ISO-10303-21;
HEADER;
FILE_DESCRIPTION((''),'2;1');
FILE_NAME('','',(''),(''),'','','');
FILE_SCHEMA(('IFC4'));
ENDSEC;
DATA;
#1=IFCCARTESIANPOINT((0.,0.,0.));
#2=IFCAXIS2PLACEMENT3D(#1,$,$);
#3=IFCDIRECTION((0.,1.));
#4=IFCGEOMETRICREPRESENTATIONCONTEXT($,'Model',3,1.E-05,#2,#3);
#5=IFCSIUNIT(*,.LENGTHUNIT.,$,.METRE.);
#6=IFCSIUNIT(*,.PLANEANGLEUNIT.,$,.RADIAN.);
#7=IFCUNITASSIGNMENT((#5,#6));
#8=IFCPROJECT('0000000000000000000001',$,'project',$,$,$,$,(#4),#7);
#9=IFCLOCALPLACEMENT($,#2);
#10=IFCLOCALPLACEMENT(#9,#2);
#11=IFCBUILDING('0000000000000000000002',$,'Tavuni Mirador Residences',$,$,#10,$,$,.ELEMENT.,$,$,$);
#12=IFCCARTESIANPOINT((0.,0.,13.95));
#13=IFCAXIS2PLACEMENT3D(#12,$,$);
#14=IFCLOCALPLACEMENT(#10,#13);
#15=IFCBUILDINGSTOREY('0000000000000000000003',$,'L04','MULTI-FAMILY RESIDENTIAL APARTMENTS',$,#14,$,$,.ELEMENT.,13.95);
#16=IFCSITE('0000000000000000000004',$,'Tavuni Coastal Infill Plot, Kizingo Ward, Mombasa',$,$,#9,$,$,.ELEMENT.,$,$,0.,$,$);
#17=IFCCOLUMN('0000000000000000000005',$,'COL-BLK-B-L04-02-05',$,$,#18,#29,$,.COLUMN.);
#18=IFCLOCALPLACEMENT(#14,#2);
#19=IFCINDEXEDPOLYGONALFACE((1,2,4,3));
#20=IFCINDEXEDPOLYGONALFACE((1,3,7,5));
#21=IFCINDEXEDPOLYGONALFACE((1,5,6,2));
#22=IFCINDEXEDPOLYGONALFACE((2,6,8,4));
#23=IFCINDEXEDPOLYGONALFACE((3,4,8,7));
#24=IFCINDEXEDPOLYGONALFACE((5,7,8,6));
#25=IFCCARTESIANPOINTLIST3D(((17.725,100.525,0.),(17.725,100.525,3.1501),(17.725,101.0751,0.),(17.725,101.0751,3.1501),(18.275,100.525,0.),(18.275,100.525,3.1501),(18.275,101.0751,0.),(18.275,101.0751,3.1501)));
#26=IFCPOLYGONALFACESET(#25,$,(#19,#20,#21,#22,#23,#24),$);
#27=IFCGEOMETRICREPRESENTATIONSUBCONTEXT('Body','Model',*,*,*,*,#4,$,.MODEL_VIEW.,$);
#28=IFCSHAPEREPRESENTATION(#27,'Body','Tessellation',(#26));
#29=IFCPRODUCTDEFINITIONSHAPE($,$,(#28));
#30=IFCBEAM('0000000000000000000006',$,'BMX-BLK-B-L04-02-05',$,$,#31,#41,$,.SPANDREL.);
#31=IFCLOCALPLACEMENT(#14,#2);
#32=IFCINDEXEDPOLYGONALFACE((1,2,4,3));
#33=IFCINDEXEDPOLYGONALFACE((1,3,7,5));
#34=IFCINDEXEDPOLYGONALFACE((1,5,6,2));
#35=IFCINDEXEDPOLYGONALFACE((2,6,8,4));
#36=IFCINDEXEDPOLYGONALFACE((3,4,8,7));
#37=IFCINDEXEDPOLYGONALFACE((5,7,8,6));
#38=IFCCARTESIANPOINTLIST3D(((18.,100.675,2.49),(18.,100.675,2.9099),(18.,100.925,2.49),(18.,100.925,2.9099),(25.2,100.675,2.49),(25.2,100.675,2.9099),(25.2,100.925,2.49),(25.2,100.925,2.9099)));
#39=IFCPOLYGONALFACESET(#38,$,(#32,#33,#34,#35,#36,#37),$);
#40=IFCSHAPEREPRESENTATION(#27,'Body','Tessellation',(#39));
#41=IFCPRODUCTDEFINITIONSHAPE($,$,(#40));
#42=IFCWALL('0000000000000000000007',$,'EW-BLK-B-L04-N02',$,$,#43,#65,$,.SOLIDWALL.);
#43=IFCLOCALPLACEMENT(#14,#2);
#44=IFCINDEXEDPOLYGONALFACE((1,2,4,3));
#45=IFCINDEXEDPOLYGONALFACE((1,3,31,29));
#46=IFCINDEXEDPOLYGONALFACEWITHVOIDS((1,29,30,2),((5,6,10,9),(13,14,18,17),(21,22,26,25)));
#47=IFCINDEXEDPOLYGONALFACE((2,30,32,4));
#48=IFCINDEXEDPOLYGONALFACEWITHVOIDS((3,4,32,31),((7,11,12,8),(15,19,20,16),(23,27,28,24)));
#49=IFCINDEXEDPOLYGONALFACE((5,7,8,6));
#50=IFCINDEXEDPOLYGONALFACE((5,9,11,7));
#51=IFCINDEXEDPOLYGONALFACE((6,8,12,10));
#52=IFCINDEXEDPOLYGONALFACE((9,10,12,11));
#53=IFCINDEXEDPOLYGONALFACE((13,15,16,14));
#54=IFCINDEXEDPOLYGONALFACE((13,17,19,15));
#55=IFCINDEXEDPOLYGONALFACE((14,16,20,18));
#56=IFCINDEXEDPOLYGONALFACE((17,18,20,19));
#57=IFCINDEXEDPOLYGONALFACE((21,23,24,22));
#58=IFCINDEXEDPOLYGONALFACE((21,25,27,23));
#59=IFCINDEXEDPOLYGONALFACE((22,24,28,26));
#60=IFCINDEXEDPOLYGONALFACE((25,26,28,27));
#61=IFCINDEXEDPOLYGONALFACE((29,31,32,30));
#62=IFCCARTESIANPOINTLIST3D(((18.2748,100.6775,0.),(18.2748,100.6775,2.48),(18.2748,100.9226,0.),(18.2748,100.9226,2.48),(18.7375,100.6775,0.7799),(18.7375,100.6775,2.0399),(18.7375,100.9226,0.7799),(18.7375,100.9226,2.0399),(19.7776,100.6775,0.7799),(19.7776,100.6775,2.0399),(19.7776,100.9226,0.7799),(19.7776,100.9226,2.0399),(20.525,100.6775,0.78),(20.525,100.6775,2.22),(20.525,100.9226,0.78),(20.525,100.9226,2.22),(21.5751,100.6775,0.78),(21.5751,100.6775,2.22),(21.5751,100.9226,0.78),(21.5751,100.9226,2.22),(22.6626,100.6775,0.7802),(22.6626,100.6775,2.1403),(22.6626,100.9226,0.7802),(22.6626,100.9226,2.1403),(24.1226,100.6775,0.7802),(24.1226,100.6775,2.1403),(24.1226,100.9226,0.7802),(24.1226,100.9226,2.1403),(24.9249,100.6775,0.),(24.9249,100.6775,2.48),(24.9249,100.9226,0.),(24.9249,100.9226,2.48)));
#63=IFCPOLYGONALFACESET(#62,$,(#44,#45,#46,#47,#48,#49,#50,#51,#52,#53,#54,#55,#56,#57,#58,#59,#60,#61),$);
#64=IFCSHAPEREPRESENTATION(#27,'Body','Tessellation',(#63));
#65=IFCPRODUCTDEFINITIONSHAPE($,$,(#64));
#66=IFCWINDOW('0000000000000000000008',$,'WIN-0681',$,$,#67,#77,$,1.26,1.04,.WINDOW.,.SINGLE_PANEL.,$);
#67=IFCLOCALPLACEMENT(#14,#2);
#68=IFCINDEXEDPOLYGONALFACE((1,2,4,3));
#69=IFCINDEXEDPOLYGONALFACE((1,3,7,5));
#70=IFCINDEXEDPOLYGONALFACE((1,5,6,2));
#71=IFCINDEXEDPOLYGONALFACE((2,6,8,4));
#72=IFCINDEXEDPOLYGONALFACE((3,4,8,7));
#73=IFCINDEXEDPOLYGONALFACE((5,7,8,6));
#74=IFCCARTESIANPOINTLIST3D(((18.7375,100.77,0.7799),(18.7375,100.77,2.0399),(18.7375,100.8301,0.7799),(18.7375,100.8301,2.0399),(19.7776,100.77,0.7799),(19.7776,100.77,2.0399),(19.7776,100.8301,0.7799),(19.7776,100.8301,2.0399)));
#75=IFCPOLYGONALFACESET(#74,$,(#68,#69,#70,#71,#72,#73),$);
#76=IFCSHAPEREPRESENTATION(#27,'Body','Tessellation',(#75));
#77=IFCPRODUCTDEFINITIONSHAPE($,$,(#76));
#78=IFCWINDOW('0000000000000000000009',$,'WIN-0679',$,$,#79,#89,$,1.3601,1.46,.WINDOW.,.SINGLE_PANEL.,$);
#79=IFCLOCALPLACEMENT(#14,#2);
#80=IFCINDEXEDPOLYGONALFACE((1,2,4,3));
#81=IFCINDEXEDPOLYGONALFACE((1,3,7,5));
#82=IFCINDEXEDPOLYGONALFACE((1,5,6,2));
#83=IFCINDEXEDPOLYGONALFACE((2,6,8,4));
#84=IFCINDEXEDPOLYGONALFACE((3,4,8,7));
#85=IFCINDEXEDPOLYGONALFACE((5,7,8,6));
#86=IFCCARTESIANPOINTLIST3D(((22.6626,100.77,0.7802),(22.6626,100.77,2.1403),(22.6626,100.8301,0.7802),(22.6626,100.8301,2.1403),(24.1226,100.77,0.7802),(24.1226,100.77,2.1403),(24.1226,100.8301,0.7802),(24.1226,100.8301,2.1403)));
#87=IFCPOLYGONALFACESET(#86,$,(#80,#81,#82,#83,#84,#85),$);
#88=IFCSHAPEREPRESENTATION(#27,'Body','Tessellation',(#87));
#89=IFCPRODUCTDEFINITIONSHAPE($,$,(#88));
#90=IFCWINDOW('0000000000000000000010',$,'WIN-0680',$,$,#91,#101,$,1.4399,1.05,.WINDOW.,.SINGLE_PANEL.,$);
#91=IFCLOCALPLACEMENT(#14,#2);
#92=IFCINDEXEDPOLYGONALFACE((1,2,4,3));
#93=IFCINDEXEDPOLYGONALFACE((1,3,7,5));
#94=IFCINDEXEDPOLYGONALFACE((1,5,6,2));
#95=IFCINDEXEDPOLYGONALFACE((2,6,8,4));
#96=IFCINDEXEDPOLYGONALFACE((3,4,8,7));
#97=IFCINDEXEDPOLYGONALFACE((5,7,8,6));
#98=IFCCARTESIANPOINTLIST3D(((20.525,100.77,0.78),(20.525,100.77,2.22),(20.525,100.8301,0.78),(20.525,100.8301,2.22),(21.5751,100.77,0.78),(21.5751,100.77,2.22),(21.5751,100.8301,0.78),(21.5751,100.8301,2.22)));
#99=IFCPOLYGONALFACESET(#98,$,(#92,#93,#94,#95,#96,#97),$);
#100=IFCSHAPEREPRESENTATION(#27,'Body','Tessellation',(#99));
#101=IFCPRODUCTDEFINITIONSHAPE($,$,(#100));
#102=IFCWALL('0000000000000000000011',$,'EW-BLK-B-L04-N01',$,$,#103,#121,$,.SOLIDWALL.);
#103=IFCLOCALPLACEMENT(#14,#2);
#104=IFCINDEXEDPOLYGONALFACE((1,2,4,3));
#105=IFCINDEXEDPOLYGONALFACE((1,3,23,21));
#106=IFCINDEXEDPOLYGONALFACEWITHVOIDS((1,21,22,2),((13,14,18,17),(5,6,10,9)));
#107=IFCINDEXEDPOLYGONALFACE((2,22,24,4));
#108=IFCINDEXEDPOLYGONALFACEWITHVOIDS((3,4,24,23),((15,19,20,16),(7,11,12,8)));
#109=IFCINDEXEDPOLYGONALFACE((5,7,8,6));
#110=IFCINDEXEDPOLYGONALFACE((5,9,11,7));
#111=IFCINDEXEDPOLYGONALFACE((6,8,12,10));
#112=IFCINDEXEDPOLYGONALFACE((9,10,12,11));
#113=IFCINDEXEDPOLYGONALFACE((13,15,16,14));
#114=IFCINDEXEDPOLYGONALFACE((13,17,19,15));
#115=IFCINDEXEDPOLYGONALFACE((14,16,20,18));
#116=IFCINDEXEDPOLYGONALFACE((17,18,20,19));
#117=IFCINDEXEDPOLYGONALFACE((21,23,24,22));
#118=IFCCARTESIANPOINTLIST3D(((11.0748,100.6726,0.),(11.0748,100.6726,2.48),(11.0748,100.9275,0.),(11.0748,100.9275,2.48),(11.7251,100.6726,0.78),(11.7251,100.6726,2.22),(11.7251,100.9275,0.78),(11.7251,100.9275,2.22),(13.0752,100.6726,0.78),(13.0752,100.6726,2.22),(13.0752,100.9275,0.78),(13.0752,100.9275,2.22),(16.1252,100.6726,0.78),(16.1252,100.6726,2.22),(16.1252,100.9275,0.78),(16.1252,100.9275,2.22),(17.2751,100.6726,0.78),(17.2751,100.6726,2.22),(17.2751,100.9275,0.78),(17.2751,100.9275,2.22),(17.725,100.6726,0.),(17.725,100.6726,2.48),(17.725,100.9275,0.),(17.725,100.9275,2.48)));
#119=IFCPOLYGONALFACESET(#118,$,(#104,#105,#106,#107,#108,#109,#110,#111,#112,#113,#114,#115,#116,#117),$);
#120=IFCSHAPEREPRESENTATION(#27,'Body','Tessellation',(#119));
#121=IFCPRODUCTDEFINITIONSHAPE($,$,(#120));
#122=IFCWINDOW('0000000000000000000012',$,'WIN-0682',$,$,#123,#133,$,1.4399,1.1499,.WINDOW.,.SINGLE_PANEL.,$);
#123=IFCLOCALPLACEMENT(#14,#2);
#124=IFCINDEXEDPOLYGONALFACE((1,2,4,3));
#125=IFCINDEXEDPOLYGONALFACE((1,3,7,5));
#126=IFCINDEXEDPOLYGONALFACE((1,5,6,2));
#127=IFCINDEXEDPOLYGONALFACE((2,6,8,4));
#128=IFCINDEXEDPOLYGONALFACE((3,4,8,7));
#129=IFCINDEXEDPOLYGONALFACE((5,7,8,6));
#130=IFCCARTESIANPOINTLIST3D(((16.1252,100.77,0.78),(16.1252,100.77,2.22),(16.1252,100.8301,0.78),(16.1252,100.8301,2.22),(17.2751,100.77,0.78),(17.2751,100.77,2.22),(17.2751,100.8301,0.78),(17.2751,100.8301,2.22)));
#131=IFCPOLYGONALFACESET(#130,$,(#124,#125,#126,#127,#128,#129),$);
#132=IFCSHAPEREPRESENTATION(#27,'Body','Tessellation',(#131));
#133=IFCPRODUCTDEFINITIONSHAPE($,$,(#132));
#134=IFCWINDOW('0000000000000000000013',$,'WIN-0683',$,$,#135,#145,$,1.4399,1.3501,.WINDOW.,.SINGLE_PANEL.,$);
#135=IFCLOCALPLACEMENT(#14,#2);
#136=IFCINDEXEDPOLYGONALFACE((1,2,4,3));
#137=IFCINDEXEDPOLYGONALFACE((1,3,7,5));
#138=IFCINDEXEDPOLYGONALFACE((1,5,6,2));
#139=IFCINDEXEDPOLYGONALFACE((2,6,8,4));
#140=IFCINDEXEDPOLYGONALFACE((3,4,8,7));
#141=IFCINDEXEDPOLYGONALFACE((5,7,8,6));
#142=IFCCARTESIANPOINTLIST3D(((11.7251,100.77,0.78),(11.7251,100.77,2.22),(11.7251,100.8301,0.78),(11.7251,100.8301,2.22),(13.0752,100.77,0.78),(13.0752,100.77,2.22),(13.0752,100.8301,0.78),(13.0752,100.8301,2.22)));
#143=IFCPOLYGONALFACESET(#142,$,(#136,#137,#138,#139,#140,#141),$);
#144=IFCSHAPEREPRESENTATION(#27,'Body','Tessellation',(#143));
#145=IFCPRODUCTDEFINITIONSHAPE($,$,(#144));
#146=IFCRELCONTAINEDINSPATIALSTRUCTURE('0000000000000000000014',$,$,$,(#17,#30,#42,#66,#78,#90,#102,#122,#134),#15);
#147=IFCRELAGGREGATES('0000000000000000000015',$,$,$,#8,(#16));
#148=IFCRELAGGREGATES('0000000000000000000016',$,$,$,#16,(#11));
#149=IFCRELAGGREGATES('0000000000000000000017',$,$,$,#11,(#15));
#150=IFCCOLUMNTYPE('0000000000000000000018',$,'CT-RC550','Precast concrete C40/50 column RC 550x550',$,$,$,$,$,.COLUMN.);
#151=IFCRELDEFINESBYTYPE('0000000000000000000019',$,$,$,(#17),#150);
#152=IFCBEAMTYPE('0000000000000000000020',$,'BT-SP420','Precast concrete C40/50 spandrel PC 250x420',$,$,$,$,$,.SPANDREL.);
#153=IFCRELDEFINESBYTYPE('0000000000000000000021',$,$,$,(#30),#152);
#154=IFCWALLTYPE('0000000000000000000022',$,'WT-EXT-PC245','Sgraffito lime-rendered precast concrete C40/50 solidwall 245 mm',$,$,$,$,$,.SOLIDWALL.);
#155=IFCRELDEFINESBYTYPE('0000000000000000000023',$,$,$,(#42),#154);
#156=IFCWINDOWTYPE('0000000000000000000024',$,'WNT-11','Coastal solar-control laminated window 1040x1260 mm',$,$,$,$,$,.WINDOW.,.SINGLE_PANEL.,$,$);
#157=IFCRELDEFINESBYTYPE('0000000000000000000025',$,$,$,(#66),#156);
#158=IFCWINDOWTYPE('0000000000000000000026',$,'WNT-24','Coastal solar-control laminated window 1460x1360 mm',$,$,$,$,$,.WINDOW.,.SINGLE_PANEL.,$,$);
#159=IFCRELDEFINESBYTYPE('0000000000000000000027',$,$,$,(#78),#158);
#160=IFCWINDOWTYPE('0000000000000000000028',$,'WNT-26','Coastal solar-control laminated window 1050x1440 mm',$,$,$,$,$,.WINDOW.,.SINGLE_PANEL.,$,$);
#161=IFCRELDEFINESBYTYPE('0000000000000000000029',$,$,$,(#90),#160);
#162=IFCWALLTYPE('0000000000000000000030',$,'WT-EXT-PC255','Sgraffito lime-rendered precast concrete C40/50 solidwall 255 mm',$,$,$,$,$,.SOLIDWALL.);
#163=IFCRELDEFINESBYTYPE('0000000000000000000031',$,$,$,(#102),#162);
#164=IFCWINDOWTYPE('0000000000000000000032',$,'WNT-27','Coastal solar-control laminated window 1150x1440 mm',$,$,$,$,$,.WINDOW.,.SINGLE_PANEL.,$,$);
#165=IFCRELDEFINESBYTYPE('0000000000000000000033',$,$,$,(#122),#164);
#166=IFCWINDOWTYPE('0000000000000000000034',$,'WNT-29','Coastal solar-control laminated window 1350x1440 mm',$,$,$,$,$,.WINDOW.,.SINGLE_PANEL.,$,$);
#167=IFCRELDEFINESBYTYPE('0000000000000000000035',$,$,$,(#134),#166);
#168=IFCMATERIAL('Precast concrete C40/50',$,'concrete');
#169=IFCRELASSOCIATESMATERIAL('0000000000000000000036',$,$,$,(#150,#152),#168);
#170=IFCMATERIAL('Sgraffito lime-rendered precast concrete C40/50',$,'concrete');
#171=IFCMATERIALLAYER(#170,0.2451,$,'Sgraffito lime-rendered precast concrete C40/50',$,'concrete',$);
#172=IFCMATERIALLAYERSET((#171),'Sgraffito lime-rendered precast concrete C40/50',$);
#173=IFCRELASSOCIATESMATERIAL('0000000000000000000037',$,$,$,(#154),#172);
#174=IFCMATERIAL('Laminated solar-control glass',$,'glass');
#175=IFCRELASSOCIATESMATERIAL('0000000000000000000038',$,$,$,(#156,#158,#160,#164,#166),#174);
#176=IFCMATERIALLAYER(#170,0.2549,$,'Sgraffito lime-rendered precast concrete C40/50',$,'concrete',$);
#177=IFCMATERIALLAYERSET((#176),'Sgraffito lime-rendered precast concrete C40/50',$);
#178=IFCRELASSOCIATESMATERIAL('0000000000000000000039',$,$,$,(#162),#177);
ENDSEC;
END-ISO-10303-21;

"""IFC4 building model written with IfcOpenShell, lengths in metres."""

from ifc_helpers import new_model, si_unit, direction, frame, frame_2d, origin, origin_2d, place, context, subcontext, project, spatial, rectangle, extrude, material, layer, layer_set, material_profile, profile_set, type_object, element, fill, save


model = new_model("IFC4")

# Units and contexts
model_context = context("Model", 3, precision=1e-05, world=origin(), true_north=direction((0.0, 1.0)))
body_context = subcontext(model_context, "Body", "Model", "MODEL_VIEW")
ifc_project = project(units=[si_unit("LENGTHUNIT", "METRE"), si_unit("PLANEANGLEUNIT", "RADIAN")], contexts=[model_context])

# Site, building, storey
site_placement = place(None, origin())
site = spatial("IfcSite", under=ifc_project, at=site_placement, Name="Tavuni Coastal Infill Plot, Kizingo Ward, Mombasa", CompositionType="ELEMENT", RefElevation=0.0)
building_placement = place(site_placement, origin())
building = spatial("IfcBuilding", under=site, at=building_placement, Name="Tavuni Mirador Residences", CompositionType="ELEMENT")
storey_placement = place(building_placement, frame((0.0, 0.0, 13.95)))
storey = spatial("IfcBuildingStorey", under=building, at=storey_placement, Name="L04", Description="MULTI-FAMILY RESIDENTIAL APARTMENTS", CompositionType="ELEMENT", Elevation=13.95)

# Column
ifc_material_1 = material(Name="Precast concrete C40/50", Category="concrete")
ifc_material_profile_1 = material_profile(ifc_material_1, rectangle(XDim=0.55, YDim=0.55, at=origin_2d()), Name="RC 550x550", Category="concrete")
ifc_profile_set_1 = profile_set([ifc_material_profile_1], Name="Precast concrete C40/50")
column_type = type_object("IfcColumnType", Name="CT-RC550", Description="Precast concrete C40/50 column RC 550x550", PredefinedType="COLUMN", material=ifc_profile_set_1)
column_placement = place(storey_placement, frame((18.0, 100.8, 0.0), z_axis=(0.0, 0.0, 1.0), x_axis=(1.0, 0.0, 0.0)))
element("IfcColumn", 1, at=column_placement, inside=storey, type_object=column_type, Name="COL-BLK-B-L04-02-05", PredefinedType="COLUMN", context=body_context, shape_type="SweptSolid", body=[
    extrude(rectangle(XDim=0.55, YDim=0.55, at=origin_2d()), origin(), (0.0, 0.0, 1.0), 3.1501),
])

# Beam
ifc_material_profile_2 = material_profile(ifc_material_1, rectangle(XDim=0.25, YDim=0.4199, at=origin_2d()), Name="PC 250x420", Category="concrete")
ifc_profile_set_2 = profile_set([ifc_material_profile_2], Name="Precast concrete C40/50")
beam_type = type_object("IfcBeamType", Name="BT-SP420", Description="Precast concrete C40/50 spandrel PC 250x420", PredefinedType="SPANDREL", material=ifc_profile_set_2)
beam_placement = place(storey_placement, frame((18.0, 100.8, 2.7), z_axis=(1.0, 0.0, 0.0), x_axis=(0.0, 1.0, 0.0)))
element("IfcBeam", 2, at=beam_placement, inside=storey, type_object=beam_type, Name="BMX-BLK-B-L04-02-05", PredefinedType="SPANDREL", context=body_context, shape_type="SweptSolid", body=[
    extrude(rectangle(XDim=0.25, YDim=0.4199, at=origin_2d()), origin(), (0.0, 0.0, 1.0), 7.2),
])

# Walls, openings, windows
ifc_material_2 = material(Name="Sgraffito lime-rendered precast concrete C40/50", Category="concrete")
ifc_layer_1 = layer(ifc_material_2, 0.2451, Name="Sgraffito lime-rendered precast concrete C40/50", Category="concrete")
ifc_layer_set_1 = layer_set([ifc_layer_1], Name="Sgraffito lime-rendered precast concrete C40/50")
wall_type_1 = type_object("IfcWallType", Name="WT-EXT-PC245", Description="Sgraffito lime-rendered precast concrete C40/50 solidwall 245 mm", PredefinedType="SOLIDWALL", material=ifc_layer_set_1)
wall_1_placement = place(storey_placement, frame((24.925, 100.8, 0.0), z_axis=(0.0, 0.0, 1.0), x_axis=(-1.0, 0.0, 0.0)))
wall_1 = element("IfcWall", 3, at=wall_1_placement, inside=storey, type_object=wall_type_1, Name="EW-BLK-B-L04-N02", PredefinedType="SOLIDWALL", context=body_context, shape_type="SweptSolid", body=[
    extrude(rectangle(XDim=6.6501, YDim=0.2451, at=frame_2d((3.3252, 0.0))), origin(), (0.0, 0.0, 1.0), 2.48),
])
opening_1_placement = place(wall_1_placement, frame((0.8025, 0.0, 0.78)))
opening_1 = element("IfcOpeningElement", 4, at=opening_1_placement, cuts=wall_1, PredefinedType="OPENING", context=body_context, shape_type="SweptSolid", body=[
    extrude(rectangle(XDim=1.46, YDim=1.3601, at=frame_2d((0.73, 0.6802))), frame((0.0, 0.1326, 0.0), z_axis=(0.0, -1.0, 0.0), x_axis=(1.0, 0.0, 0.0)), (0.0, 0.0, 1.0), 0.2651),
])
opening_2_placement = place(wall_1_placement, frame((3.3501, 0.0, 0.78)))
opening_2 = element("IfcOpeningElement", 5, at=opening_2_placement, cuts=wall_1, PredefinedType="OPENING", context=body_context, shape_type="SweptSolid", body=[
    extrude(rectangle(XDim=1.05, YDim=1.4399, at=frame_2d((0.5249, 0.72))), frame((0.0, 0.1326, 0.0), z_axis=(0.0, -1.0, 0.0), x_axis=(1.0, 0.0, 0.0)), (0.0, 0.0, 1.0), 0.2651),
])
opening_3_placement = place(wall_1_placement, frame((5.1475, 0.0, 0.78)))
opening_3 = element("IfcOpeningElement", 6, at=opening_3_placement, cuts=wall_1, PredefinedType="OPENING", context=body_context, shape_type="SweptSolid", body=[
    extrude(rectangle(XDim=1.04, YDim=1.26, at=frame_2d((0.52, 0.6299))), frame((0.0, 0.1326, 0.0), z_axis=(0.0, -1.0, 0.0), x_axis=(1.0, 0.0, 0.0)), (0.0, 0.0, 1.0), 0.2651),
])
ifc_material_3 = material(Name="Laminated solar-control glass", Category="glass")
window_type_1 = type_object("IfcWindowType", Name="WNT-11", Description="Coastal solar-control laminated window 1040x1260 mm", PartitioningType="SINGLE_PANEL", PredefinedType="WINDOW", material=ifc_material_3)
window_1_placement = place(opening_3_placement, origin())
window_1 = element("IfcWindow", 7, at=window_1_placement, inside=storey, type_object=window_type_1, Name="WIN-0681", OverallHeight=1.26, OverallWidth=1.04, PartitioningType="SINGLE_PANEL", PredefinedType="WINDOW", context=body_context, shape_type="SweptSolid", body=[
    extrude(rectangle(XDim=1.04, YDim=1.26, at=frame_2d((0.52, 0.6299))), frame((0.0, 0.03, 0.0), z_axis=(0.0, -1.0, 0.0), x_axis=(1.0, 0.0, 0.0)), (0.0, 0.0, 1.0), 0.0601),
])
fill(opening_3, window_1)
window_type_2 = type_object("IfcWindowType", Name="WNT-24", Description="Coastal solar-control laminated window 1460x1360 mm", PartitioningType="SINGLE_PANEL", PredefinedType="WINDOW", material=ifc_material_3)
window_2_placement = place(opening_1_placement, origin())
window_2 = element("IfcWindow", 8, at=window_2_placement, inside=storey, type_object=window_type_2, Name="WIN-0679", OverallHeight=1.3601, OverallWidth=1.46, PartitioningType="SINGLE_PANEL", PredefinedType="WINDOW", context=body_context, shape_type="SweptSolid", body=[
    extrude(rectangle(XDim=1.46, YDim=1.3601, at=frame_2d((0.73, 0.6802))), frame((0.0, 0.03, 0.0), z_axis=(0.0, -1.0, 0.0), x_axis=(1.0, 0.0, 0.0)), (0.0, 0.0, 1.0), 0.0601),
])
fill(opening_1, window_2)
window_type_3 = type_object("IfcWindowType", Name="WNT-26", Description="Coastal solar-control laminated window 1050x1440 mm", PartitioningType="SINGLE_PANEL", PredefinedType="WINDOW", material=ifc_material_3)
window_3_placement = place(opening_2_placement, origin())
window_3 = element("IfcWindow", 9, at=window_3_placement, inside=storey, type_object=window_type_3, Name="WIN-0680", OverallHeight=1.4399, OverallWidth=1.05, PartitioningType="SINGLE_PANEL", PredefinedType="WINDOW", context=body_context, shape_type="SweptSolid", body=[
    extrude(rectangle(XDim=1.05, YDim=1.4399, at=frame_2d((0.5249, 0.72))), frame((0.0, 0.03, 0.0), z_axis=(0.0, -1.0, 0.0), x_axis=(1.0, 0.0, 0.0)), (0.0, 0.0, 1.0), 0.0601),
])
fill(opening_2, window_3)
ifc_layer_2 = layer(ifc_material_2, 0.2549, Name="Sgraffito lime-rendered precast concrete C40/50", Category="concrete")
ifc_layer_set_2 = layer_set([ifc_layer_2], Name="Sgraffito lime-rendered precast concrete C40/50")
wall_type_2 = type_object("IfcWallType", Name="WT-EXT-PC255", Description="Sgraffito lime-rendered precast concrete C40/50 solidwall 255 mm", PredefinedType="SOLIDWALL", material=ifc_layer_set_2)
wall_2_placement = place(storey_placement, frame((17.7251, 100.8, 0.0), z_axis=(0.0, 0.0, 1.0), x_axis=(-1.0, 0.0, 0.0)))
wall_2 = element("IfcWall", 10, at=wall_2_placement, inside=storey, type_object=wall_type_2, Name="EW-BLK-B-L04-N01", PredefinedType="SOLIDWALL", context=body_context, shape_type="SweptSolid", body=[
    extrude(rectangle(XDim=6.6501, YDim=0.2549, at=frame_2d((3.3252, 0.0))), origin(), (0.0, 0.0, 1.0), 2.48),
])
opening_4_placement = place(wall_2_placement, frame((0.45, 0.0, 0.78)))
opening_4 = element("IfcOpeningElement", 11, at=opening_4_placement, cuts=wall_2, PredefinedType="OPENING", context=body_context, shape_type="SweptSolid", body=[
    extrude(rectangle(XDim=1.1499, YDim=1.4399, at=frame_2d((0.575, 0.72))), frame((0.0, 0.1375, 0.0), z_axis=(0.0, -1.0, 0.0), x_axis=(1.0, 0.0, 0.0)), (0.0, 0.0, 1.0), 0.2749),
])
opening_5_placement = place(wall_2_placement, frame((4.6499, 0.0, 0.78)))
opening_5 = element("IfcOpeningElement", 12, at=opening_5_placement, cuts=wall_2, PredefinedType="OPENING", context=body_context, shape_type="SweptSolid", body=[
    extrude(rectangle(XDim=1.3501, YDim=1.4399, at=frame_2d((0.675, 0.72))), frame((0.0, 0.1375, 0.0), z_axis=(0.0, -1.0, 0.0), x_axis=(1.0, 0.0, 0.0)), (0.0, 0.0, 1.0), 0.2749),
])
window_type_4 = type_object("IfcWindowType", Name="WNT-27", Description="Coastal solar-control laminated window 1150x1440 mm", PartitioningType="SINGLE_PANEL", PredefinedType="WINDOW", material=ifc_material_3)
window_4_placement = place(opening_4_placement, origin())
window_4 = element("IfcWindow", 13, at=window_4_placement, inside=storey, type_object=window_type_4, Name="WIN-0682", OverallHeight=1.4399, OverallWidth=1.1499, PartitioningType="SINGLE_PANEL", PredefinedType="WINDOW", context=body_context, shape_type="SweptSolid", body=[
    extrude(rectangle(XDim=1.1499, YDim=1.4399, at=frame_2d((0.575, 0.72))), frame((0.0, 0.03, 0.0), z_axis=(0.0, -1.0, 0.0), x_axis=(1.0, 0.0, 0.0)), (0.0, 0.0, 1.0), 0.0601),
])
fill(opening_4, window_4)
window_type_5 = type_object("IfcWindowType", Name="WNT-29", Description="Coastal solar-control laminated window 1350x1440 mm", PartitioningType="SINGLE_PANEL", PredefinedType="WINDOW", material=ifc_material_3)
window_5_placement = place(opening_5_placement, origin())
window_5 = element("IfcWindow", 14, at=window_5_placement, inside=storey, type_object=window_type_5, Name="WIN-0683", OverallHeight=1.4399, OverallWidth=1.3501, PartitioningType="SINGLE_PANEL", PredefinedType="WINDOW", context=body_context, shape_type="SweptSolid", body=[
    extrude(rectangle(XDim=1.3501, YDim=1.4399, at=frame_2d((0.675, 0.72))), frame((0.0, 0.03, 0.0), z_axis=(0.0, -1.0, 0.0), x_axis=(1.0, 0.0, 0.0)), (0.0, 0.0, 1.0), 0.0601),
])
fill(opening_5, window_5)

save(model, "model.ifc")
